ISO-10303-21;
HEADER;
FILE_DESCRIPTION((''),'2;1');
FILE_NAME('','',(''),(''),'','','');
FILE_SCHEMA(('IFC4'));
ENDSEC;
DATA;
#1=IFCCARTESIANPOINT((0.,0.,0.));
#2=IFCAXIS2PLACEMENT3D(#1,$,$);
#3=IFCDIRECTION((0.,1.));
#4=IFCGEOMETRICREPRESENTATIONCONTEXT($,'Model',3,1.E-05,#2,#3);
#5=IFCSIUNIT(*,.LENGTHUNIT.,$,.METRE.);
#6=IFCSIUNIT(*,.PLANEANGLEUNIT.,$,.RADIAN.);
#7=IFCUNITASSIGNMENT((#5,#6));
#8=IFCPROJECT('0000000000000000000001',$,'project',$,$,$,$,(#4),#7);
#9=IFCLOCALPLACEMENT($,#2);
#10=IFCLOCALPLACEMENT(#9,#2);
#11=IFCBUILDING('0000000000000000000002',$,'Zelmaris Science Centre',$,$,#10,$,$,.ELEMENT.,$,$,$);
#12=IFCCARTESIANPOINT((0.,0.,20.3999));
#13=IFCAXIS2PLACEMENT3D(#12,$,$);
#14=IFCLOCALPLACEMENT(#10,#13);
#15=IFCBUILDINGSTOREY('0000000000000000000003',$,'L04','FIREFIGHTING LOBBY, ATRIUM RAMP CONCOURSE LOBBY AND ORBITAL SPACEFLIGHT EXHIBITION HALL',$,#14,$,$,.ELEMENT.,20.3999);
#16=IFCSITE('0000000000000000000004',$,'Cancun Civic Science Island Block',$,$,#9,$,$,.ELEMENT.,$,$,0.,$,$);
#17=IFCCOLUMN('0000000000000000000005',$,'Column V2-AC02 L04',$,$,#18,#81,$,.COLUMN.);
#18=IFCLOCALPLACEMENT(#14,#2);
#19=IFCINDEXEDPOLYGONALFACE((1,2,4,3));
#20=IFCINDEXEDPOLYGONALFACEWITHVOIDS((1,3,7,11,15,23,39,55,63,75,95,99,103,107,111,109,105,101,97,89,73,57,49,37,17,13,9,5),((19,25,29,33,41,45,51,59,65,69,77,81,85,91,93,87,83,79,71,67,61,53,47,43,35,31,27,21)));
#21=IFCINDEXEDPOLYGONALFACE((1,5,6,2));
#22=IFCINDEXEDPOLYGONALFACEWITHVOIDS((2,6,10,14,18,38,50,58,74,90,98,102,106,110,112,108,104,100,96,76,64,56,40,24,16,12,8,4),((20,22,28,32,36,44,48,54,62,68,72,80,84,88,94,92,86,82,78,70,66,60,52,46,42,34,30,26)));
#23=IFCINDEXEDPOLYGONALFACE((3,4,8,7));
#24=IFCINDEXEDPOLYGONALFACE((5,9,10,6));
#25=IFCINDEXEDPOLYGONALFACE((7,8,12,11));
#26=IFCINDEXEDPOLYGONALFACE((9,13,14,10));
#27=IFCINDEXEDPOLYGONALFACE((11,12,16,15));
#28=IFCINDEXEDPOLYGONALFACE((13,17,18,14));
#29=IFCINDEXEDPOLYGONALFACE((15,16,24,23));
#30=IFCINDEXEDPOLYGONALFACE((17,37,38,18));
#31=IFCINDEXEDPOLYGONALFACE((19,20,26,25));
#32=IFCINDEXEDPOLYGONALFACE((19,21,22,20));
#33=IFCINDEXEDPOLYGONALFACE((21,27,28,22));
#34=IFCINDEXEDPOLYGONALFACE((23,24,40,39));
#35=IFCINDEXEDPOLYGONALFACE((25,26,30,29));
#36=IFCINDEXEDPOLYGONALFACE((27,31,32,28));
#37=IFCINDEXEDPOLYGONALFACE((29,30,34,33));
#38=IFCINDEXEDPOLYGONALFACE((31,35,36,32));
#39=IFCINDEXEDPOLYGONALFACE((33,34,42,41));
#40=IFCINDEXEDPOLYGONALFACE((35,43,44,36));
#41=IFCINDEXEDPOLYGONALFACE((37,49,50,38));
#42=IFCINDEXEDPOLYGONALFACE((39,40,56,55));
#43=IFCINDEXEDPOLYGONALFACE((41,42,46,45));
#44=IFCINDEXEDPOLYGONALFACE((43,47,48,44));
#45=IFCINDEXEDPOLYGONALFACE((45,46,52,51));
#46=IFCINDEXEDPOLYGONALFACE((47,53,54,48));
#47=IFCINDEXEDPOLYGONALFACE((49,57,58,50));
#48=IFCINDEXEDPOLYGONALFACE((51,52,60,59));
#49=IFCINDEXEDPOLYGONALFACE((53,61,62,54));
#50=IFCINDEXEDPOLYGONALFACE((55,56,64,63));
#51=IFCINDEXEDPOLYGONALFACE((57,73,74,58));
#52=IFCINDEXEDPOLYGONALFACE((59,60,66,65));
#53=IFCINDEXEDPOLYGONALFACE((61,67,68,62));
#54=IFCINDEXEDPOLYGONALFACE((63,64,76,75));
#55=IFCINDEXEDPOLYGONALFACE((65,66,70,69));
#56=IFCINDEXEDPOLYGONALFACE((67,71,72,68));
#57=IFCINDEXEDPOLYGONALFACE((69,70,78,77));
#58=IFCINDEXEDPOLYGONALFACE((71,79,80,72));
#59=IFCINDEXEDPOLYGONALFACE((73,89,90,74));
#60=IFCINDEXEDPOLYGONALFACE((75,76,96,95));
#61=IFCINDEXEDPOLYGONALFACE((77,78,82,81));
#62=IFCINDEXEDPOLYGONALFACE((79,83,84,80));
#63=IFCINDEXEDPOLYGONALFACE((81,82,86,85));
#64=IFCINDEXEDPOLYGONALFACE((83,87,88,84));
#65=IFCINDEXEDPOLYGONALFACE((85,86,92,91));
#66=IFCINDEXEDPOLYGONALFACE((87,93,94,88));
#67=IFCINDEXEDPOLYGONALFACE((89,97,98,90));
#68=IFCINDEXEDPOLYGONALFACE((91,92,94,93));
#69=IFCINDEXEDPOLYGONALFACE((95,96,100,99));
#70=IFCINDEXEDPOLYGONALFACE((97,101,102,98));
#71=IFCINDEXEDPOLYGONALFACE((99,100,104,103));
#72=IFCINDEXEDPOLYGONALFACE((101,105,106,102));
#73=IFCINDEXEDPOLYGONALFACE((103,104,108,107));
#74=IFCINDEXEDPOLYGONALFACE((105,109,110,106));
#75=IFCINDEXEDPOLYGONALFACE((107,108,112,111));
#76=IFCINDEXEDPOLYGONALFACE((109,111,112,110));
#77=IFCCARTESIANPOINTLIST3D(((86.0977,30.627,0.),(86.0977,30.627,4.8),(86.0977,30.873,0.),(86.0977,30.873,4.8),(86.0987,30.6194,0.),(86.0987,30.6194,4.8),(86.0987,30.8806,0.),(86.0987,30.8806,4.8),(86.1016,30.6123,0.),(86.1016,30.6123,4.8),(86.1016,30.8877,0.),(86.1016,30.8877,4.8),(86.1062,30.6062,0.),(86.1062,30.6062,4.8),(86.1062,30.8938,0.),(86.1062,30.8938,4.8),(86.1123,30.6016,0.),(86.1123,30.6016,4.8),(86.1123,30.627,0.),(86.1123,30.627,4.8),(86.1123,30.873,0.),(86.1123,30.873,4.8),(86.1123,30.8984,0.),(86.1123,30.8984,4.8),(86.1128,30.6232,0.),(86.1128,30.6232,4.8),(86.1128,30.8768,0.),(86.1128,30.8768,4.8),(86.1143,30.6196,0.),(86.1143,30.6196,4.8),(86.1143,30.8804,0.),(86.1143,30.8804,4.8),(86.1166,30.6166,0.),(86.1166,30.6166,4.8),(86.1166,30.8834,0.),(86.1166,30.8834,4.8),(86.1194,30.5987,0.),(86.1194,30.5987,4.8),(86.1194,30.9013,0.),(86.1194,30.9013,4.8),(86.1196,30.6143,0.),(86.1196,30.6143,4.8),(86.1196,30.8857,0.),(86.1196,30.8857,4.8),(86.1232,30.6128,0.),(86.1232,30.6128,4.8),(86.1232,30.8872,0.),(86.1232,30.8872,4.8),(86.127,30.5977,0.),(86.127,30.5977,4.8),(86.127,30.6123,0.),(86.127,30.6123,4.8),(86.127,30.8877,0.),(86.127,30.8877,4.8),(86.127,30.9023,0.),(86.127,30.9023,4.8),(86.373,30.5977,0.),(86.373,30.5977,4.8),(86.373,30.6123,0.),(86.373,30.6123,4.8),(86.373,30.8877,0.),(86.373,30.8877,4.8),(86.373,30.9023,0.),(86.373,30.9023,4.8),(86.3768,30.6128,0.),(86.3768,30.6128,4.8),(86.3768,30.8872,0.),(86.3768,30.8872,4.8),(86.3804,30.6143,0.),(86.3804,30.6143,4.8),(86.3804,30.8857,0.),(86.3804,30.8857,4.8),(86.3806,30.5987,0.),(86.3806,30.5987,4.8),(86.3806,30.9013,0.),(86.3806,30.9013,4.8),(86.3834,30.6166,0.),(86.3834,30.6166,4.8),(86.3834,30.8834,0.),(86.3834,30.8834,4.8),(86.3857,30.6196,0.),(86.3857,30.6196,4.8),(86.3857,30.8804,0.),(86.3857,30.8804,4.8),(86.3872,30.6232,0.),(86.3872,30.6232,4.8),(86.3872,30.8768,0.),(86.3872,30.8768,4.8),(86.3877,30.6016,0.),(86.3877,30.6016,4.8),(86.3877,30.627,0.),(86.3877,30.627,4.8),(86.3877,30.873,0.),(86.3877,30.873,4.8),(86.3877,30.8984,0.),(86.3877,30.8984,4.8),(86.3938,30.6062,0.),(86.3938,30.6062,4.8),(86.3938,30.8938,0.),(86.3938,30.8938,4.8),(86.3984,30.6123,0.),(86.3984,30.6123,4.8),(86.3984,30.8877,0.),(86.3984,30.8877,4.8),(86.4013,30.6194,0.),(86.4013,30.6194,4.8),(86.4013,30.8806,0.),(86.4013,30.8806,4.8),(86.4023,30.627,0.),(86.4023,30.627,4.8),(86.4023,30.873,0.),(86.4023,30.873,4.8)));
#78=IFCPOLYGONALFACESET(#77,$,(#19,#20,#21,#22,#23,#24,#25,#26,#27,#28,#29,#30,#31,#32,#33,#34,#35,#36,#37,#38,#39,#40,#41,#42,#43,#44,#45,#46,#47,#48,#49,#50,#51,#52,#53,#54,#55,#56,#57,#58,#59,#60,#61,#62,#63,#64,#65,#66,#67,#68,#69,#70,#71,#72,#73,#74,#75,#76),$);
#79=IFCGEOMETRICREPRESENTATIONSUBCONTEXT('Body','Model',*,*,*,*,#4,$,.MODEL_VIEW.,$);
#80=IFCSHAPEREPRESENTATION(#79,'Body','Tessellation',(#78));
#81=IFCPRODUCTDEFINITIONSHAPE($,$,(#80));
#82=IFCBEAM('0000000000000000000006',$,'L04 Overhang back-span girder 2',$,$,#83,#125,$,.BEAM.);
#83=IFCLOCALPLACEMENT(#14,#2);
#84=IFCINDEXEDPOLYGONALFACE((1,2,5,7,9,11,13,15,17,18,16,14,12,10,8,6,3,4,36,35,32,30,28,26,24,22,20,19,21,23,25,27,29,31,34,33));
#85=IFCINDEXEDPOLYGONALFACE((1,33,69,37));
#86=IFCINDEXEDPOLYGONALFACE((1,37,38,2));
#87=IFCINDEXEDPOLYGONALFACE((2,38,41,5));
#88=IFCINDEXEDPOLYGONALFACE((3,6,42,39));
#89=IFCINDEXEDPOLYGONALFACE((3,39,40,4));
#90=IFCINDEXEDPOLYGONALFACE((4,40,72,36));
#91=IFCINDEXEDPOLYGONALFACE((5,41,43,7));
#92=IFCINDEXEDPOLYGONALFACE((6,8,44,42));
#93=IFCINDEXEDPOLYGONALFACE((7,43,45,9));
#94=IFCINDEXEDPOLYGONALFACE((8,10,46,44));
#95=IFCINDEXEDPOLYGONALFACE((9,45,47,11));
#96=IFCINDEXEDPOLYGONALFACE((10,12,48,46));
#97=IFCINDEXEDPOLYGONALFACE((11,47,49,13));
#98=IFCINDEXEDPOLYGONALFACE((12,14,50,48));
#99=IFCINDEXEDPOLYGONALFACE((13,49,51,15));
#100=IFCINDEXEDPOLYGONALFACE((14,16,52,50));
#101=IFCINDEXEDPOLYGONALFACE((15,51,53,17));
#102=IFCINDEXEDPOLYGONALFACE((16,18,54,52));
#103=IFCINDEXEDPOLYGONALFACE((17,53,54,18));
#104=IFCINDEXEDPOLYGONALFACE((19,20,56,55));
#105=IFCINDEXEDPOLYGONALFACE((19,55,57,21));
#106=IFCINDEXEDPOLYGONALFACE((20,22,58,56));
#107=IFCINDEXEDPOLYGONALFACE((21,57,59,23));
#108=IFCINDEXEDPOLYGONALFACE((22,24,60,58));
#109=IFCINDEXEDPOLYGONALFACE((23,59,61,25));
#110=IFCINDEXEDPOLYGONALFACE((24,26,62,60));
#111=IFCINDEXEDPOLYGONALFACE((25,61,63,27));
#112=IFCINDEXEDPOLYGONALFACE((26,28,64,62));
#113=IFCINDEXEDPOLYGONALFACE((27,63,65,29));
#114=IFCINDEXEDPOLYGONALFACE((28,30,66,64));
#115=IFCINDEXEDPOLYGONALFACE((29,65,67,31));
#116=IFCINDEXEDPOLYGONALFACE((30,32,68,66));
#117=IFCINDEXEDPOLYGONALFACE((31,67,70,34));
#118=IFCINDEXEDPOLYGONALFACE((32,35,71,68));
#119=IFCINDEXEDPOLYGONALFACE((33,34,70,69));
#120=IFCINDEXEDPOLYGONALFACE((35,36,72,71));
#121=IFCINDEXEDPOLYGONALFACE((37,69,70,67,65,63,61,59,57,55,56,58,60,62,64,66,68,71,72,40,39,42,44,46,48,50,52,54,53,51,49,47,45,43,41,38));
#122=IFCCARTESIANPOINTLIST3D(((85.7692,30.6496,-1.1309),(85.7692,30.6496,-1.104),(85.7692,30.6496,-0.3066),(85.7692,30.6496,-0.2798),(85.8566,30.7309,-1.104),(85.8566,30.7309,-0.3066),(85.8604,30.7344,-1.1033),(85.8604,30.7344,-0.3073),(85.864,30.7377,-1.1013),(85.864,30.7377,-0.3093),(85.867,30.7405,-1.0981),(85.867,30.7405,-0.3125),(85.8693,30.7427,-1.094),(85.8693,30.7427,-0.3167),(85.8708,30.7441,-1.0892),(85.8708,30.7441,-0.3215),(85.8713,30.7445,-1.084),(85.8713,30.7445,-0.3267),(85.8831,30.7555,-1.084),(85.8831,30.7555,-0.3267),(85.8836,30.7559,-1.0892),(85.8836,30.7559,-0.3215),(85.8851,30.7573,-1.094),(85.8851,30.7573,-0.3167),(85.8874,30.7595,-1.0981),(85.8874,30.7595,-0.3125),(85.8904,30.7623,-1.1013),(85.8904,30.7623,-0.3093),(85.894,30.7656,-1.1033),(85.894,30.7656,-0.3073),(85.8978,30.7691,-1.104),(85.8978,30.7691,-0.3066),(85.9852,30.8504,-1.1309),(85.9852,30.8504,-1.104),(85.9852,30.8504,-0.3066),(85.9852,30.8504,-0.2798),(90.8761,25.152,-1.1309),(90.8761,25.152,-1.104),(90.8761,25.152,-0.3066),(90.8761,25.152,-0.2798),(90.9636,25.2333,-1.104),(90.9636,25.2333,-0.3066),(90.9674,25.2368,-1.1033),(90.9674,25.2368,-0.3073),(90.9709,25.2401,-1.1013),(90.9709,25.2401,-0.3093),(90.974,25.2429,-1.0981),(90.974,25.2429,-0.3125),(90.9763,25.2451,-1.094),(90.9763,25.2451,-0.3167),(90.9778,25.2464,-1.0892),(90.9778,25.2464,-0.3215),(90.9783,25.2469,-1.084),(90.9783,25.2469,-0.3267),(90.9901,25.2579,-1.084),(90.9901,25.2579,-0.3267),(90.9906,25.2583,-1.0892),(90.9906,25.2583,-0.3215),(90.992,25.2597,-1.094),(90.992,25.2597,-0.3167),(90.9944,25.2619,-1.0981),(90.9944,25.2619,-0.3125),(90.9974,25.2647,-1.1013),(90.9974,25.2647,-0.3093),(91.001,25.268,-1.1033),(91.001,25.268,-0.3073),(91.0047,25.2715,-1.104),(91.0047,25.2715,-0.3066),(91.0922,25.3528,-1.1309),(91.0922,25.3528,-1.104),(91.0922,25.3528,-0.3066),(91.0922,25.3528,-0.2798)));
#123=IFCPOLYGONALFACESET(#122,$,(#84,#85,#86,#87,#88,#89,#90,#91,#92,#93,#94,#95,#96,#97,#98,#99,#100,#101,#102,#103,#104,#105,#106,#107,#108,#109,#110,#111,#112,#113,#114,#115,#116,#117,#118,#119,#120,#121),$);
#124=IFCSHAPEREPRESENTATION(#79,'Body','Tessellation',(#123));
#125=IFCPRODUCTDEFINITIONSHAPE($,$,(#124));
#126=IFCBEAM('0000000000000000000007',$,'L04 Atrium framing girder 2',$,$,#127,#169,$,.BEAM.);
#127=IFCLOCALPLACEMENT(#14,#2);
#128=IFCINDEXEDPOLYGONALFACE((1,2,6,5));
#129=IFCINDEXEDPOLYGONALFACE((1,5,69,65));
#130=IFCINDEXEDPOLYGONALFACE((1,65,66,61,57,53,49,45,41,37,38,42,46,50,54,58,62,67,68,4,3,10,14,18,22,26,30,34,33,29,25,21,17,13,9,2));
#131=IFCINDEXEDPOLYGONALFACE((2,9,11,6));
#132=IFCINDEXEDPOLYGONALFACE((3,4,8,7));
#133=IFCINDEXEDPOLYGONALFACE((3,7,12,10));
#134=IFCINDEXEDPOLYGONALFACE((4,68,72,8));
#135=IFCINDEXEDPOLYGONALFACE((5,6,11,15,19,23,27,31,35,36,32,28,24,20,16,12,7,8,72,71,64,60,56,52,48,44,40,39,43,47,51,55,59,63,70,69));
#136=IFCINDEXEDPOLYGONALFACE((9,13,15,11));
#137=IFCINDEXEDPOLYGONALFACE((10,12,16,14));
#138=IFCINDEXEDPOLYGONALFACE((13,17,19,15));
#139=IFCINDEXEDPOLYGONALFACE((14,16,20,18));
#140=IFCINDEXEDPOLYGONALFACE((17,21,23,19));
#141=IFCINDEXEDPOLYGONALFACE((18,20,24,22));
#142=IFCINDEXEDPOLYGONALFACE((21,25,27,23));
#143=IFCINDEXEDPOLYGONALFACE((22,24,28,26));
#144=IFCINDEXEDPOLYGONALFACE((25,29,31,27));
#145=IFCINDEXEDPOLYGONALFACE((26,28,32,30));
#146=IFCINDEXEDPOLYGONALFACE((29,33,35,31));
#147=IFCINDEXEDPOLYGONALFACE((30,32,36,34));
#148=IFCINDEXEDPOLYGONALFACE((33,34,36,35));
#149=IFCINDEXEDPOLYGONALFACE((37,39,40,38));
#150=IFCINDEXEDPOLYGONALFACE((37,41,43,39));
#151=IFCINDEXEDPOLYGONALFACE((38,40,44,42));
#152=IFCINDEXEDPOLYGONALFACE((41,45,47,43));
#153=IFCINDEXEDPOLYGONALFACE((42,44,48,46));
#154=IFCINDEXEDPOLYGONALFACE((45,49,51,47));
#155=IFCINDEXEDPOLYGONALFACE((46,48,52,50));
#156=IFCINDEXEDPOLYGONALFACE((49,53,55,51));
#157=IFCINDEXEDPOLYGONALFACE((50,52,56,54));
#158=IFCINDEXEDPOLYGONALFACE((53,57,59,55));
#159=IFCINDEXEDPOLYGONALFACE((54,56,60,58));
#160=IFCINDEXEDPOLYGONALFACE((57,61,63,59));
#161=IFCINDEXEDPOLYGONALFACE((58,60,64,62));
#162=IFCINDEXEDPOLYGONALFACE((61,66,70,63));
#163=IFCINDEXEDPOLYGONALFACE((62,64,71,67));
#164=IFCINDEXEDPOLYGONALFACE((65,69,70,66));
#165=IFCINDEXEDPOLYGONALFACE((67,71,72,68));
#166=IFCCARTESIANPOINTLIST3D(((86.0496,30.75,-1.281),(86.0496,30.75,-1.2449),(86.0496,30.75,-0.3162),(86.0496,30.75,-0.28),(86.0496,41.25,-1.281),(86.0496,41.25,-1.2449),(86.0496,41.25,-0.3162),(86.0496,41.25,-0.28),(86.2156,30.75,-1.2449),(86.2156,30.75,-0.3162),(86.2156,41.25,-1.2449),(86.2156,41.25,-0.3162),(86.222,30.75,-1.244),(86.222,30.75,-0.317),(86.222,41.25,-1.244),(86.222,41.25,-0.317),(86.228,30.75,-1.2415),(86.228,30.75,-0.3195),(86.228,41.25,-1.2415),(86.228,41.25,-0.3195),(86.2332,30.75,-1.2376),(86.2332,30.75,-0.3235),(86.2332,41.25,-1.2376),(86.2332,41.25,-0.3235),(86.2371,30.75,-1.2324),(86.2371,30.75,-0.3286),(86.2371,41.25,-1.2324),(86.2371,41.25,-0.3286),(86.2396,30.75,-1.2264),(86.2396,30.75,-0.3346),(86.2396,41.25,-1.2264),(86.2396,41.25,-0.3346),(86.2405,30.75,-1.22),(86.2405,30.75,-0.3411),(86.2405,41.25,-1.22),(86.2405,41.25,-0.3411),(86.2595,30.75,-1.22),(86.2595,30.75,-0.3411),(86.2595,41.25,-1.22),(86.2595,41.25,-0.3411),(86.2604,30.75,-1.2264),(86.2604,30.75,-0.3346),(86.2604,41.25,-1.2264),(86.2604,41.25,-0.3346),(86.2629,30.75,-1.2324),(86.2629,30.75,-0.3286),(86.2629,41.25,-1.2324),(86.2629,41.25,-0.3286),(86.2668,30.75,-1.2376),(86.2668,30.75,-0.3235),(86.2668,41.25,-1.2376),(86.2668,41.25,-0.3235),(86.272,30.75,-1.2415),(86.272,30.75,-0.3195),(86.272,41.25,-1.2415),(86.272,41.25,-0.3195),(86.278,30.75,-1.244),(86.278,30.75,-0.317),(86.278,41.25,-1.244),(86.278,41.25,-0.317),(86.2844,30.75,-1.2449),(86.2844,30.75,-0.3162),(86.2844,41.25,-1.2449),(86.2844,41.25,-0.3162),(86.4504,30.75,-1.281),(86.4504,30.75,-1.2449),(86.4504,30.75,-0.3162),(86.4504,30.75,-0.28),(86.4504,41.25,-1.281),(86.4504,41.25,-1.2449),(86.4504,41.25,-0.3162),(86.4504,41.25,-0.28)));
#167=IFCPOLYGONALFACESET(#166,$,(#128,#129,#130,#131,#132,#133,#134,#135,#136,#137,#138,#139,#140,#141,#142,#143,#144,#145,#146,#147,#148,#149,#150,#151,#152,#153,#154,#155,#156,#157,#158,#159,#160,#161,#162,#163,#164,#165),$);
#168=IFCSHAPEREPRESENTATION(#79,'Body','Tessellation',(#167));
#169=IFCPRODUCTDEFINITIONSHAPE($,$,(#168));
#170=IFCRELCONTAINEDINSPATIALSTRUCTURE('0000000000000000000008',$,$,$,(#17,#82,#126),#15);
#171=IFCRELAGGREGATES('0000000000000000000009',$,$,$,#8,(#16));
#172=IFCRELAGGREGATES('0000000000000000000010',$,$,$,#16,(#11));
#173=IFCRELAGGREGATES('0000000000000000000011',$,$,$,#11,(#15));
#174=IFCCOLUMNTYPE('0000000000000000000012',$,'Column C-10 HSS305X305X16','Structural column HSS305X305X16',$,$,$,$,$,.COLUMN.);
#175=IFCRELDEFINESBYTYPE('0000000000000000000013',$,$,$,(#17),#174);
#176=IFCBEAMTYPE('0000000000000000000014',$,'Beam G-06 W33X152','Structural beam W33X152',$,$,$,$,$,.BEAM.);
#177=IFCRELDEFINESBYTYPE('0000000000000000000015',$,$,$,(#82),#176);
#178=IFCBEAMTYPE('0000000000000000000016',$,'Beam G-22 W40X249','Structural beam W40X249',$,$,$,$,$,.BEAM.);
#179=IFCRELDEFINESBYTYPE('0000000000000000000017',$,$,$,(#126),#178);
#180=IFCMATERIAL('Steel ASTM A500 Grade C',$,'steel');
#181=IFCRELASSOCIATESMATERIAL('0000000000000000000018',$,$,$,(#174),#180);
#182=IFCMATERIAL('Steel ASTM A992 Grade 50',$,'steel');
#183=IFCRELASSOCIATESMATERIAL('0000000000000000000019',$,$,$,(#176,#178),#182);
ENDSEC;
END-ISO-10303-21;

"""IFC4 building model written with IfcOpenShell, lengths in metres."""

from ifc_helpers import new_model, si_unit, direction, frame, origin, origin_2d, place, context, subcontext, project, spatial, hollow_rectangle, i_section, extrude, material, material_profile, profile_set, type_object, element, save


model = new_model("IFC4")

# Units and contexts
model_context = context("Model", 3, precision=1e-05, world=origin(), true_north=direction((0.0, 1.0)))
body_context = subcontext(model_context, "Body", "Model", "MODEL_VIEW")
ifc_project = project(units=[si_unit("LENGTHUNIT", "METRE"), si_unit("PLANEANGLEUNIT", "RADIAN")], contexts=[model_context])

# Site, building, storey
site_placement = place(None, origin())
site = spatial("IfcSite", under=ifc_project, at=site_placement, Name="Cancun Civic Science Island Block", CompositionType="ELEMENT", RefElevation=0.0)
building_placement = place(site_placement, origin())
building = spatial("IfcBuilding", under=site, at=building_placement, Name="Zelmaris Science Centre", CompositionType="ELEMENT")
storey_placement = place(building_placement, frame((0.0, 0.0, 20.3999)))
storey = spatial("IfcBuildingStorey", under=building, at=storey_placement, Name="L04", Description="FIREFIGHTING LOBBY, ATRIUM RAMP CONCOURSE LOBBY AND ORBITAL SPACEFLIGHT EXHIBITION HALL", CompositionType="ELEMENT", Elevation=20.3999)

# Column
ifc_material_1 = material(Name="Steel ASTM A500 Grade C", Category="steel")
ifc_material_profile_1 = material_profile(ifc_material_1, hollow_rectangle(XDim=0.3047, YDim=0.3047, WallThickness=0.0146, InnerFilletRadius=0.0146, OuterFilletRadius=0.0293, at=origin_2d()), Name="HSS305X305X16")
ifc_profile_set_1 = profile_set([ifc_material_profile_1], Name="Steel ASTM A500 Grade C")
column_type = type_object("IfcColumnType", Name="Column C-10 HSS305X305X16", Description="Structural column HSS305X305X16", PredefinedType="COLUMN", material=ifc_profile_set_1)
column_placement = place(storey_placement, frame((86.25, 30.75, 0.0), z_axis=(0.0, 0.0, 1.0), x_axis=(1.0, 0.0, 0.0)))
element("IfcColumn", 1, at=column_placement, inside=storey, type_object=column_type, Name="Column V2-AC02 L04", PredefinedType="COLUMN", context=body_context, shape_type="SweptSolid", body=[
    extrude(hollow_rectangle(XDim=0.3047, YDim=0.3047, WallThickness=0.0146, InnerFilletRadius=0.0146, OuterFilletRadius=0.0293, at=origin_2d()), origin(), (0.0, 0.0, 1.0), 4.8),
])

# Beams
ifc_material_2 = material(Name="Steel ASTM A992 Grade 50", Category="steel")
ifc_material_profile_2 = material_profile(ifc_material_2, i_section(OverallWidth=0.2949, OverallDepth=0.8511, WebThickness=0.0161, FlangeThickness=0.0269, FilletRadius=0.02, at=origin_2d()), Name="W33X152")
ifc_profile_set_2 = profile_set([ifc_material_profile_2], Name="Steel ASTM A992 Grade 50")
beam_type_1 = type_object("IfcBeamType", Name="Beam G-06 W33X152", Description="Structural beam W33X152", PredefinedType="BEAM", material=ifc_profile_set_2)
beam_1_placement = place(storey_placement, frame((85.8772, 30.75, -0.7053), z_axis=(0.680598, -0.732657, 0.0), x_axis=(0.732657, 0.680598, 0.0)))
element("IfcBeam", 2, at=beam_1_placement, inside=storey, type_object=beam_type_1, Name="L04 Overhang back-span girder 2", PredefinedType="BEAM", context=body_context, shape_type="SweptSolid", body=[
    extrude(i_section(OverallWidth=0.2949, OverallDepth=0.8511, WebThickness=0.0161, FlangeThickness=0.0269, FilletRadius=0.02, at=origin_2d()), origin(), (0.0, 0.0, 1.0), 7.5037),
])
ifc_material_profile_3 = material_profile(ifc_material_2, i_section(OverallWidth=0.4009, OverallDepth=1.001, WebThickness=0.019, FlangeThickness=0.0361, FilletRadius=0.0249, at=origin_2d()), Name="W40X249")
ifc_profile_set_3 = profile_set([ifc_material_profile_3], Name="Steel ASTM A992 Grade 50")
beam_type_2 = type_object("IfcBeamType", Name="Beam G-22 W40X249", Description="Structural beam W40X249", PredefinedType="BEAM", material=ifc_profile_set_3)
beam_2_placement = place(storey_placement, frame((86.25, 30.75, -0.7805), z_axis=(0.0, 1.0, 0.0), x_axis=(-1.0, 0.0, 0.0)))
element("IfcBeam", 3, at=beam_2_placement, inside=storey, type_object=beam_type_2, Name="L04 Atrium framing girder 2", PredefinedType="BEAM", context=body_context, shape_type="SweptSolid", body=[
    extrude(i_section(OverallWidth=0.4009, OverallDepth=1.001, WebThickness=0.019, FlangeThickness=0.0361, FilletRadius=0.0249, at=origin_2d()), origin(), (0.0, 0.0, 1.0), 10.5),
])

save(model, "model.ifc")
